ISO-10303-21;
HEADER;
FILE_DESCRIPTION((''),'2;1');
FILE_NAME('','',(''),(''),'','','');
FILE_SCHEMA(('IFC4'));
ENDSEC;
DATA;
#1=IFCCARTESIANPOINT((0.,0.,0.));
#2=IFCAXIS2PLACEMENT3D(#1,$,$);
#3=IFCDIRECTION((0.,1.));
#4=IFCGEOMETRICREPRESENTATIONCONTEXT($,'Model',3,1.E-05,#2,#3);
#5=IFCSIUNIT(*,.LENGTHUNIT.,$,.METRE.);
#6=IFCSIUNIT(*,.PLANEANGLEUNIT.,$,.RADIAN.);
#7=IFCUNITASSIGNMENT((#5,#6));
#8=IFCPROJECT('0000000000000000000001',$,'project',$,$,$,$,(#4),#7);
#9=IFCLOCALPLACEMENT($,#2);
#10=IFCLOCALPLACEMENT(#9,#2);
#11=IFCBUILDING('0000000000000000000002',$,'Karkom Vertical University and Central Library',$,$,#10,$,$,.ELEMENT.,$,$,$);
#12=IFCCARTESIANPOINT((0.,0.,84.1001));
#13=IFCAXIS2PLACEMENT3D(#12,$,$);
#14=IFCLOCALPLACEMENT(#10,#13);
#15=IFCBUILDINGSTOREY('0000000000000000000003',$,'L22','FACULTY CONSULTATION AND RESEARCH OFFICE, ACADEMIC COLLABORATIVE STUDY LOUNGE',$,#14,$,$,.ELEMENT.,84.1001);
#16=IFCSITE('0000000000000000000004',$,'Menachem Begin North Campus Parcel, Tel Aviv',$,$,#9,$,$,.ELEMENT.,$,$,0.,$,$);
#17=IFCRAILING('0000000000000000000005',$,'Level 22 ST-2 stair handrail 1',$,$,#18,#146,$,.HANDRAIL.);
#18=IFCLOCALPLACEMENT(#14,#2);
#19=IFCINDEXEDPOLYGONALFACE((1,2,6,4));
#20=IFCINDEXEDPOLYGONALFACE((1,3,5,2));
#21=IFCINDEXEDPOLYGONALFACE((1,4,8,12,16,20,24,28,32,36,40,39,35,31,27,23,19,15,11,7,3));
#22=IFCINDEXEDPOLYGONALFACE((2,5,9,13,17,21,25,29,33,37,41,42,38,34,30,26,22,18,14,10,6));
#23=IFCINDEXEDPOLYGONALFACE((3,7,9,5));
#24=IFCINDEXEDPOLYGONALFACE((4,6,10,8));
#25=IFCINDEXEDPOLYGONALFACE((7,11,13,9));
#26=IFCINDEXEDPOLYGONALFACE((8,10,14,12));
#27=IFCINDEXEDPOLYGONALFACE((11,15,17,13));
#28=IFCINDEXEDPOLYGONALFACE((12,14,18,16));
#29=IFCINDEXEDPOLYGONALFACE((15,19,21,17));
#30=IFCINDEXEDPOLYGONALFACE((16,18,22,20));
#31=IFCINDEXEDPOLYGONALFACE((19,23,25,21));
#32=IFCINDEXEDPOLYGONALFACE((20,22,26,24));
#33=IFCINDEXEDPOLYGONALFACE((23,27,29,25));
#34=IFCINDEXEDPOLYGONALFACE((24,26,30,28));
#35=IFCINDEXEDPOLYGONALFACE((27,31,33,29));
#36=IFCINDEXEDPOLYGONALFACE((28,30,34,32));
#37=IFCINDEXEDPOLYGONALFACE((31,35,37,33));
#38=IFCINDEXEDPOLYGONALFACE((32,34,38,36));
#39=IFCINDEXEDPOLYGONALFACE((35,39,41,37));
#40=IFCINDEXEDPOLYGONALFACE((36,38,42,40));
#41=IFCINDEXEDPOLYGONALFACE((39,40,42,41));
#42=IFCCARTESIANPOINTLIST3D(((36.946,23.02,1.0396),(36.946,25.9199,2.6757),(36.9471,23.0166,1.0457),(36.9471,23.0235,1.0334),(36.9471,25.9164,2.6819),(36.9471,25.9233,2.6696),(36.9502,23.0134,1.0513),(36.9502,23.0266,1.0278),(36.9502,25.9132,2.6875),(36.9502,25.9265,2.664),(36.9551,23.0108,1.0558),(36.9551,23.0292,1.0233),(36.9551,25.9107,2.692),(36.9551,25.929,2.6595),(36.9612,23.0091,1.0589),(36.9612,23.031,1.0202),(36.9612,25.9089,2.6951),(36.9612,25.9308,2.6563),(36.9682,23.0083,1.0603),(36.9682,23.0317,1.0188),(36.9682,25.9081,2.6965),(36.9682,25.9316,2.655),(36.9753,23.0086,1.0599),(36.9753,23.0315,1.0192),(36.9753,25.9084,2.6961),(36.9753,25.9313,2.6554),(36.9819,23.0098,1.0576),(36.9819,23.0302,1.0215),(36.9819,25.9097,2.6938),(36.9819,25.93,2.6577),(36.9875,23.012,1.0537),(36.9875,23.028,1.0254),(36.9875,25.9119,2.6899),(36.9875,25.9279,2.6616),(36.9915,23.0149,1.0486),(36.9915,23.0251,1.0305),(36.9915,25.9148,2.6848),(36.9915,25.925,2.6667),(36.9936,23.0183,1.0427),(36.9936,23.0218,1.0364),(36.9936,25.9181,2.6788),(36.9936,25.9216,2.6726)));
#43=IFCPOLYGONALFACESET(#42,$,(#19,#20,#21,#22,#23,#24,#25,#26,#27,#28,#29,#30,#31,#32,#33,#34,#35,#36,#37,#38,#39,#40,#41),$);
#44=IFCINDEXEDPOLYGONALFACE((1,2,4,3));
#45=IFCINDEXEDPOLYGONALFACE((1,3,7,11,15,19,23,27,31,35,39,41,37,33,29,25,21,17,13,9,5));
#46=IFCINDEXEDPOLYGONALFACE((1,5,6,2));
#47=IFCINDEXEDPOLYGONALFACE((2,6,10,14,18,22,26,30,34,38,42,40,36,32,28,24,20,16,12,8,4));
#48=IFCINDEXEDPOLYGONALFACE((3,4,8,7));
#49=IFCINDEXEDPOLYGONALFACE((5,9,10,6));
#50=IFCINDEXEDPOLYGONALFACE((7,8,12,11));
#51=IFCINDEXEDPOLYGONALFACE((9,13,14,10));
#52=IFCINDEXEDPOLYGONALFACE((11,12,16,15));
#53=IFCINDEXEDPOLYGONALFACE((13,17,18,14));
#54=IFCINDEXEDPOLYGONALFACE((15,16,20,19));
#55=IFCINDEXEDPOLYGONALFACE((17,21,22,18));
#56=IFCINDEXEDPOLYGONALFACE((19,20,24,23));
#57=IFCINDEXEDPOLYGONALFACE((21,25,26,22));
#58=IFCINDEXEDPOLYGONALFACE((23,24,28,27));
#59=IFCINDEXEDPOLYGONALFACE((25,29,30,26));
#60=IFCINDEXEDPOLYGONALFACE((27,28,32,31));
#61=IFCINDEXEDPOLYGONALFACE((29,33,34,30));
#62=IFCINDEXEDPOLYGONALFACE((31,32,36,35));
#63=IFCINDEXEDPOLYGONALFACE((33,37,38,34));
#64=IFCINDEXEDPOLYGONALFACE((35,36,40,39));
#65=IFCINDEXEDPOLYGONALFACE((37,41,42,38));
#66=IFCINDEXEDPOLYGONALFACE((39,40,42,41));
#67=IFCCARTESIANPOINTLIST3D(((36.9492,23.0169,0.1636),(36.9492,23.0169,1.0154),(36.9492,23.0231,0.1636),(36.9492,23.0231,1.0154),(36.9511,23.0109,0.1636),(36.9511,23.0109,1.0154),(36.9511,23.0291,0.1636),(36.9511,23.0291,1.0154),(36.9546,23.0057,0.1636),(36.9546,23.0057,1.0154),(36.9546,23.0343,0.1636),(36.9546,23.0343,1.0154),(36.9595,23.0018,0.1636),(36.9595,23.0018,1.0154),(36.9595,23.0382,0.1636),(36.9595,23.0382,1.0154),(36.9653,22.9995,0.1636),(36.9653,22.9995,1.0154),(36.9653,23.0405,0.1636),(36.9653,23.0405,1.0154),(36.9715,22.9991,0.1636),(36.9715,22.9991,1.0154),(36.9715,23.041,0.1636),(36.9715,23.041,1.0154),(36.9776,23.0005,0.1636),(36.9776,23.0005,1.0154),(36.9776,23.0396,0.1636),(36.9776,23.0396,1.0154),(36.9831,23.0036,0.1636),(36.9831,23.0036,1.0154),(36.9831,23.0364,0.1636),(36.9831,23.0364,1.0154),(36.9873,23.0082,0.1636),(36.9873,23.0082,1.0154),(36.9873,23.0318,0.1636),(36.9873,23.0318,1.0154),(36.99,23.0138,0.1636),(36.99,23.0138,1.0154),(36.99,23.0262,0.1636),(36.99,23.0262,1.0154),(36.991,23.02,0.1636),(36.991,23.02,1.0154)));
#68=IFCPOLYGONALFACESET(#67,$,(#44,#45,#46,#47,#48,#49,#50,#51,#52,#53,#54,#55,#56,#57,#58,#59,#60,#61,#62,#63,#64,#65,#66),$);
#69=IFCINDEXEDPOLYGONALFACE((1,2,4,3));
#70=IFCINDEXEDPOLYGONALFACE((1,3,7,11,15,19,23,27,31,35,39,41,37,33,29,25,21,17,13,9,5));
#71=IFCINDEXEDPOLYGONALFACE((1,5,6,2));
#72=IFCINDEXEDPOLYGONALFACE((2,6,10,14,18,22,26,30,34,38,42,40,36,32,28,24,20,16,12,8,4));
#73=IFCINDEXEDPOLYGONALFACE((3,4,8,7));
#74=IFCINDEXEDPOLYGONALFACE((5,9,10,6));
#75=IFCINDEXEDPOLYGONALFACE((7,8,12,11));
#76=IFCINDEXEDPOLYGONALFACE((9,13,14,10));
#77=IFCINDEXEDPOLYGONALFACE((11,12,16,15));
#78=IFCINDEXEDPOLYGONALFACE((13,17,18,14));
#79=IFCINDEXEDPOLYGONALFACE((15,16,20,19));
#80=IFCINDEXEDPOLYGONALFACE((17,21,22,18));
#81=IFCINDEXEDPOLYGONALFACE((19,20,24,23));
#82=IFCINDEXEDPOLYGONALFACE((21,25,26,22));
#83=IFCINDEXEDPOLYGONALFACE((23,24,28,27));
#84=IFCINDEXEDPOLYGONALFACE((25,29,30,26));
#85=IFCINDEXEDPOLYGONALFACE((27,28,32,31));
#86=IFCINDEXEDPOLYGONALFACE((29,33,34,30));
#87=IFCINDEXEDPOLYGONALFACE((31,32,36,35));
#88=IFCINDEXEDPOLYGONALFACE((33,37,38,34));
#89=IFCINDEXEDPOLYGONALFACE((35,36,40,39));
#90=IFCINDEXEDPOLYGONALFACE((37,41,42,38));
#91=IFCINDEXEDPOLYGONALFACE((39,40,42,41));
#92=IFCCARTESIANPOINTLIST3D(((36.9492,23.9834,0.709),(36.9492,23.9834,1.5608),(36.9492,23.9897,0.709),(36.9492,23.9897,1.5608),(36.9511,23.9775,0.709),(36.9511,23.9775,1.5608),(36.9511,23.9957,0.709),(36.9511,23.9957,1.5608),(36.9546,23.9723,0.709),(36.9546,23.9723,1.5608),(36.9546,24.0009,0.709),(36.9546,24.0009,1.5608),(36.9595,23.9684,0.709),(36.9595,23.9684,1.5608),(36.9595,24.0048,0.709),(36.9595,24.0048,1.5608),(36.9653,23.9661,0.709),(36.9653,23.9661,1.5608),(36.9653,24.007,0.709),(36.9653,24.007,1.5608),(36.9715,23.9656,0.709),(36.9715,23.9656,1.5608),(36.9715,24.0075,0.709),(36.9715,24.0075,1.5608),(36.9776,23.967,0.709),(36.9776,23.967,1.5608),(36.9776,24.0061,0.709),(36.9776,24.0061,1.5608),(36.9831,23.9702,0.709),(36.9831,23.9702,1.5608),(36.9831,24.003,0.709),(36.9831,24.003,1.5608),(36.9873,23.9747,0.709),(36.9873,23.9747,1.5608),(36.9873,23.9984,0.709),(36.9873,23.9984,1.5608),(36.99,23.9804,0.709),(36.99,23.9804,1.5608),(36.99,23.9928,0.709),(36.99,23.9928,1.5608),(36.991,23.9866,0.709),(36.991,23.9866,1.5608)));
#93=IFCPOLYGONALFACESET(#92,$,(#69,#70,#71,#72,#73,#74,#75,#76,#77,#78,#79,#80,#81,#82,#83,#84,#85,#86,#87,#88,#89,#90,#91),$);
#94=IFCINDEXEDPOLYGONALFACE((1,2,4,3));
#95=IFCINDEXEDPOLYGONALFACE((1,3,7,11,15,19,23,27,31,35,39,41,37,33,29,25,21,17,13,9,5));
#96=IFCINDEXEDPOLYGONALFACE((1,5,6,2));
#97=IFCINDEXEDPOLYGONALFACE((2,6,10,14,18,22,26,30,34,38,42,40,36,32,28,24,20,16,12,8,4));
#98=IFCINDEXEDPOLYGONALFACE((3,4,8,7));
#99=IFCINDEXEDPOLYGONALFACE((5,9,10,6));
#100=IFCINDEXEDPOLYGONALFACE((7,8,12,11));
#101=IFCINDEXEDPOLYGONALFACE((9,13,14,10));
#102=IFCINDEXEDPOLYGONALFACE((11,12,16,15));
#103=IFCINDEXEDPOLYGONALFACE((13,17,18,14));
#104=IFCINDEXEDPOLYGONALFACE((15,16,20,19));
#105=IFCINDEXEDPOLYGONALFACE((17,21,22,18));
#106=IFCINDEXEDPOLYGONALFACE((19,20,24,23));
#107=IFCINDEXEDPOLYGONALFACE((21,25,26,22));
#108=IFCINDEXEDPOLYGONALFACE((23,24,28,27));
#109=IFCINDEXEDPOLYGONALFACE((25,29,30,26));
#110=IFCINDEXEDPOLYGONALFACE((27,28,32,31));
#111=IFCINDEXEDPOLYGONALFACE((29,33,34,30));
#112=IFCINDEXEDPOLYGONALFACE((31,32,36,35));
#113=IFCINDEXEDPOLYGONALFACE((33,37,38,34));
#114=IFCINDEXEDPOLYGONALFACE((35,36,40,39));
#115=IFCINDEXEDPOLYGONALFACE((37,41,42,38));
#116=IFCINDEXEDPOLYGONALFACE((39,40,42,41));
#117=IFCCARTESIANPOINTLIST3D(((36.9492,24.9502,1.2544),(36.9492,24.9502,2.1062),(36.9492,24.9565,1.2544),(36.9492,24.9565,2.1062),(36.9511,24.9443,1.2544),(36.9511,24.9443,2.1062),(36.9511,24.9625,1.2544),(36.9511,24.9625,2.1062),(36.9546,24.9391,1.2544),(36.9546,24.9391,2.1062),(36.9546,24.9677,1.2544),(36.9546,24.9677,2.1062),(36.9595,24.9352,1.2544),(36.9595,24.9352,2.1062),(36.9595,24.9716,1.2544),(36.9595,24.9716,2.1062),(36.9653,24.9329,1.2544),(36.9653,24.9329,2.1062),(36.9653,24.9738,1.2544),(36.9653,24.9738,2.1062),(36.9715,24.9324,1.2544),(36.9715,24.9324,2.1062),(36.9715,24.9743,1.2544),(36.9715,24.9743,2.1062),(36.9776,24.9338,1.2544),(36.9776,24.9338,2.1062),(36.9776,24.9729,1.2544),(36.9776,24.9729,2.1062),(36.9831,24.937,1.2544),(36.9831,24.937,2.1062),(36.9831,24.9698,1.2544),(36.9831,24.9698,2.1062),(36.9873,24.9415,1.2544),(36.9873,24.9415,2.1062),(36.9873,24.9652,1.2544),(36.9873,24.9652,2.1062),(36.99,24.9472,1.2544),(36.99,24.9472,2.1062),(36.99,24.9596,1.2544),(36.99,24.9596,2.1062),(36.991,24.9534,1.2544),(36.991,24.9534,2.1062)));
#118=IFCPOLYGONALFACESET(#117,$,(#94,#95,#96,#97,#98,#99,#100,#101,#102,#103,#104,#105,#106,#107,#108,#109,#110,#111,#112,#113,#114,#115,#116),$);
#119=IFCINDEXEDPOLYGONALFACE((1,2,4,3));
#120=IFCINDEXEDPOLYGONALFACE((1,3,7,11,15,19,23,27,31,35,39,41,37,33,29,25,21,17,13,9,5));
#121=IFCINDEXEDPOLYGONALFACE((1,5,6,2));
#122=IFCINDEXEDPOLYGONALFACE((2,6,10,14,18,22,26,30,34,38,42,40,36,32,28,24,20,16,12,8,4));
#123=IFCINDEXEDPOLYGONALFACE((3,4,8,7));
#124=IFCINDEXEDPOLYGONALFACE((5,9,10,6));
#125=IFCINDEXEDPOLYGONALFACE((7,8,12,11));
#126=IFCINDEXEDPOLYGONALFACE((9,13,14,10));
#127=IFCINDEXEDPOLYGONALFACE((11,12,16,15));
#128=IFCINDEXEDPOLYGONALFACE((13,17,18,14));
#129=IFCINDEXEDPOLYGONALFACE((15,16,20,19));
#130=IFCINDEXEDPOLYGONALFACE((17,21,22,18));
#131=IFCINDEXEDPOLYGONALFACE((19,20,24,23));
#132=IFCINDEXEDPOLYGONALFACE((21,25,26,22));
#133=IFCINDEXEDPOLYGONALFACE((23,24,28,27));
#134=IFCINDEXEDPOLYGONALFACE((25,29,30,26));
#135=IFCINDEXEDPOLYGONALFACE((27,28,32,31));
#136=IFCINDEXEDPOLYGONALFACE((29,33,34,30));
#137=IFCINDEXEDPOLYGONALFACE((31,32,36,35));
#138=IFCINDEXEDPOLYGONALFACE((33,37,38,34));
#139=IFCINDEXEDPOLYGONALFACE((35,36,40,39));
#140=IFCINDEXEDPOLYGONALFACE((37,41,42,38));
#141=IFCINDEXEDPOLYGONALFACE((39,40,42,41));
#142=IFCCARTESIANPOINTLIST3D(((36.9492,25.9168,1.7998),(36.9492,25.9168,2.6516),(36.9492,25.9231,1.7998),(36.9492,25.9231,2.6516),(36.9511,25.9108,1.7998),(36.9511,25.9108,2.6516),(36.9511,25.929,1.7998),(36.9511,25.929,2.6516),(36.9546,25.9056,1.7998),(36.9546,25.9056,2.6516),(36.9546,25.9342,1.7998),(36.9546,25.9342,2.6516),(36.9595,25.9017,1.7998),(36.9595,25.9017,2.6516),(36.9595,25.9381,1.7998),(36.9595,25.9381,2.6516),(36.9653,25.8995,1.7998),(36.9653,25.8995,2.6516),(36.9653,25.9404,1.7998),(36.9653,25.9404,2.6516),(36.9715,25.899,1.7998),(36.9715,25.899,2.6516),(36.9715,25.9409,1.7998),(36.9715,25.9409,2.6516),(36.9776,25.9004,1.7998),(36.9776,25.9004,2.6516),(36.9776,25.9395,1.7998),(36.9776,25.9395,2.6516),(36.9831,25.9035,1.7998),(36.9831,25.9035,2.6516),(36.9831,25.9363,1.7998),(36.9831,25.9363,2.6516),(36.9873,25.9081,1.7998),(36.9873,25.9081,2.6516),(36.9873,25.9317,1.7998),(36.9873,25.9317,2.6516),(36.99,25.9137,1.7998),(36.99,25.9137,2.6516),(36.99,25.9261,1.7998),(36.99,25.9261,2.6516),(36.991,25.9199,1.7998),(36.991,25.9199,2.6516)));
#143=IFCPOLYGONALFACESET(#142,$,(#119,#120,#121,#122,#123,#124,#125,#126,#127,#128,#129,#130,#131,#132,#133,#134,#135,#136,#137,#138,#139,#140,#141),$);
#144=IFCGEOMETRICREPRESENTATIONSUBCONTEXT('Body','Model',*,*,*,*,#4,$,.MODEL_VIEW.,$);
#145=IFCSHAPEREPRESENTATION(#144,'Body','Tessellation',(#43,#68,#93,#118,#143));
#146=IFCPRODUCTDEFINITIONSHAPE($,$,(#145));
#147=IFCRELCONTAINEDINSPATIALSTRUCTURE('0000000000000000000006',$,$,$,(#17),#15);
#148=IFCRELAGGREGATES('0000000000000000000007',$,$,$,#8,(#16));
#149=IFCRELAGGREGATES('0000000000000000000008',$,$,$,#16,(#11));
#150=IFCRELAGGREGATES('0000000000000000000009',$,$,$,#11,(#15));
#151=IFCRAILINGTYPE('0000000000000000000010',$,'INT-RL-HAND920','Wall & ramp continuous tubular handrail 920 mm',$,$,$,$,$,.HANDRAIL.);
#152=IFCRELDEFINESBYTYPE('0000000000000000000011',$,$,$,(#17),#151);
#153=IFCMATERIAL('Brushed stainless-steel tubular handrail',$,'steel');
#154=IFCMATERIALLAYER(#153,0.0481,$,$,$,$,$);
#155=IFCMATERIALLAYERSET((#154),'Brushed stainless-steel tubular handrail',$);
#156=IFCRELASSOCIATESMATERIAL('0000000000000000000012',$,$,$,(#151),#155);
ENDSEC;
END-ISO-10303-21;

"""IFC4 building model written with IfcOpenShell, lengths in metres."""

from ifc_helpers import new_model, si_unit, direction, frame, origin, origin_2d, place, context, subcontext, project, spatial, circle, extrude, material, layer, layer_set, type_object, element, save


model = new_model("IFC4")

# Units and contexts
model_context = context("Model", 3, precision=1e-05, world=origin(), true_north=direction((0.0, 1.0)))
body_context = subcontext(model_context, "Body", "Model", "MODEL_VIEW")
ifc_project = project(units=[si_unit("LENGTHUNIT", "METRE"), si_unit("PLANEANGLEUNIT", "RADIAN")], contexts=[model_context])

# Site, building, storey
site_placement = place(None, origin())
site = spatial("IfcSite", under=ifc_project, at=site_placement, Name="Menachem Begin North Campus Parcel, Tel Aviv", CompositionType="ELEMENT", RefElevation=0.0)
building_placement = place(site_placement, origin())
building = spatial("IfcBuilding", under=site, at=building_placement, Name="Karkom Vertical University and Central Library", CompositionType="ELEMENT")
storey_placement = place(building_placement, frame((0.0, 0.0, 84.1001)))
storey = spatial("IfcBuildingStorey", under=building, at=storey_placement, Name="L22", Description="FACULTY CONSULTATION AND RESEARCH OFFICE, ACADEMIC COLLABORATIVE STUDY LOUNGE", CompositionType="ELEMENT", Elevation=84.1001)

# Railing
ifc_material_1 = material(Name="Brushed stainless-steel tubular handrail", Category="steel")
ifc_layer_1 = layer(ifc_material_1, 0.0481)
ifc_layer_set_1 = layer_set([ifc_layer_1], Name="Brushed stainless-steel tubular handrail")
railing_type_1 = type_object("IfcRailingType", Name="INT-RL-HAND920", Description="Wall & ramp continuous tubular handrail 920 mm", PredefinedType="HANDRAIL", material=ifc_layer_set_1)
railing_1_placement = place(storey_placement, frame((36.97, 23.02, 0.1636)))
element("IfcRailing", 1, at=railing_1_placement, inside=storey, type_object=railing_type_1, Name="Level 22 ST-2 stair handrail 1", PredefinedType="HANDRAIL", context=body_context, shape_type="SweptSolid", body=[
    extrude(circle(Radius=0.0239, at=origin_2d()), frame((0.0, 0.0, 0.876), z_axis=(0.0, 0.870929, 0.49141), x_axis=(-1.0, 0.0, 0.0)), (0.0, 0.0, 1.0), 3.3296),
    extrude(circle(Radius=0.021, at=origin_2d()), origin(), (0.0, 0.0, 1.0), 0.8518),
    extrude(circle(Radius=0.021, at=origin_2d()), frame((0.0, 0.9666, 0.5454)), (0.0, 0.0, 1.0), 0.8518),
    extrude(circle(Radius=0.021, at=origin_2d()), frame((0.0, 1.9333, 1.0908)), (0.0, 0.0, 1.0), 0.8518),
    extrude(circle(Radius=0.021, at=origin_2d()), frame((0.0, 2.8999, 1.6362)), (0.0, 0.0, 1.0), 0.8518),
])

save(model, "model.ifc")
